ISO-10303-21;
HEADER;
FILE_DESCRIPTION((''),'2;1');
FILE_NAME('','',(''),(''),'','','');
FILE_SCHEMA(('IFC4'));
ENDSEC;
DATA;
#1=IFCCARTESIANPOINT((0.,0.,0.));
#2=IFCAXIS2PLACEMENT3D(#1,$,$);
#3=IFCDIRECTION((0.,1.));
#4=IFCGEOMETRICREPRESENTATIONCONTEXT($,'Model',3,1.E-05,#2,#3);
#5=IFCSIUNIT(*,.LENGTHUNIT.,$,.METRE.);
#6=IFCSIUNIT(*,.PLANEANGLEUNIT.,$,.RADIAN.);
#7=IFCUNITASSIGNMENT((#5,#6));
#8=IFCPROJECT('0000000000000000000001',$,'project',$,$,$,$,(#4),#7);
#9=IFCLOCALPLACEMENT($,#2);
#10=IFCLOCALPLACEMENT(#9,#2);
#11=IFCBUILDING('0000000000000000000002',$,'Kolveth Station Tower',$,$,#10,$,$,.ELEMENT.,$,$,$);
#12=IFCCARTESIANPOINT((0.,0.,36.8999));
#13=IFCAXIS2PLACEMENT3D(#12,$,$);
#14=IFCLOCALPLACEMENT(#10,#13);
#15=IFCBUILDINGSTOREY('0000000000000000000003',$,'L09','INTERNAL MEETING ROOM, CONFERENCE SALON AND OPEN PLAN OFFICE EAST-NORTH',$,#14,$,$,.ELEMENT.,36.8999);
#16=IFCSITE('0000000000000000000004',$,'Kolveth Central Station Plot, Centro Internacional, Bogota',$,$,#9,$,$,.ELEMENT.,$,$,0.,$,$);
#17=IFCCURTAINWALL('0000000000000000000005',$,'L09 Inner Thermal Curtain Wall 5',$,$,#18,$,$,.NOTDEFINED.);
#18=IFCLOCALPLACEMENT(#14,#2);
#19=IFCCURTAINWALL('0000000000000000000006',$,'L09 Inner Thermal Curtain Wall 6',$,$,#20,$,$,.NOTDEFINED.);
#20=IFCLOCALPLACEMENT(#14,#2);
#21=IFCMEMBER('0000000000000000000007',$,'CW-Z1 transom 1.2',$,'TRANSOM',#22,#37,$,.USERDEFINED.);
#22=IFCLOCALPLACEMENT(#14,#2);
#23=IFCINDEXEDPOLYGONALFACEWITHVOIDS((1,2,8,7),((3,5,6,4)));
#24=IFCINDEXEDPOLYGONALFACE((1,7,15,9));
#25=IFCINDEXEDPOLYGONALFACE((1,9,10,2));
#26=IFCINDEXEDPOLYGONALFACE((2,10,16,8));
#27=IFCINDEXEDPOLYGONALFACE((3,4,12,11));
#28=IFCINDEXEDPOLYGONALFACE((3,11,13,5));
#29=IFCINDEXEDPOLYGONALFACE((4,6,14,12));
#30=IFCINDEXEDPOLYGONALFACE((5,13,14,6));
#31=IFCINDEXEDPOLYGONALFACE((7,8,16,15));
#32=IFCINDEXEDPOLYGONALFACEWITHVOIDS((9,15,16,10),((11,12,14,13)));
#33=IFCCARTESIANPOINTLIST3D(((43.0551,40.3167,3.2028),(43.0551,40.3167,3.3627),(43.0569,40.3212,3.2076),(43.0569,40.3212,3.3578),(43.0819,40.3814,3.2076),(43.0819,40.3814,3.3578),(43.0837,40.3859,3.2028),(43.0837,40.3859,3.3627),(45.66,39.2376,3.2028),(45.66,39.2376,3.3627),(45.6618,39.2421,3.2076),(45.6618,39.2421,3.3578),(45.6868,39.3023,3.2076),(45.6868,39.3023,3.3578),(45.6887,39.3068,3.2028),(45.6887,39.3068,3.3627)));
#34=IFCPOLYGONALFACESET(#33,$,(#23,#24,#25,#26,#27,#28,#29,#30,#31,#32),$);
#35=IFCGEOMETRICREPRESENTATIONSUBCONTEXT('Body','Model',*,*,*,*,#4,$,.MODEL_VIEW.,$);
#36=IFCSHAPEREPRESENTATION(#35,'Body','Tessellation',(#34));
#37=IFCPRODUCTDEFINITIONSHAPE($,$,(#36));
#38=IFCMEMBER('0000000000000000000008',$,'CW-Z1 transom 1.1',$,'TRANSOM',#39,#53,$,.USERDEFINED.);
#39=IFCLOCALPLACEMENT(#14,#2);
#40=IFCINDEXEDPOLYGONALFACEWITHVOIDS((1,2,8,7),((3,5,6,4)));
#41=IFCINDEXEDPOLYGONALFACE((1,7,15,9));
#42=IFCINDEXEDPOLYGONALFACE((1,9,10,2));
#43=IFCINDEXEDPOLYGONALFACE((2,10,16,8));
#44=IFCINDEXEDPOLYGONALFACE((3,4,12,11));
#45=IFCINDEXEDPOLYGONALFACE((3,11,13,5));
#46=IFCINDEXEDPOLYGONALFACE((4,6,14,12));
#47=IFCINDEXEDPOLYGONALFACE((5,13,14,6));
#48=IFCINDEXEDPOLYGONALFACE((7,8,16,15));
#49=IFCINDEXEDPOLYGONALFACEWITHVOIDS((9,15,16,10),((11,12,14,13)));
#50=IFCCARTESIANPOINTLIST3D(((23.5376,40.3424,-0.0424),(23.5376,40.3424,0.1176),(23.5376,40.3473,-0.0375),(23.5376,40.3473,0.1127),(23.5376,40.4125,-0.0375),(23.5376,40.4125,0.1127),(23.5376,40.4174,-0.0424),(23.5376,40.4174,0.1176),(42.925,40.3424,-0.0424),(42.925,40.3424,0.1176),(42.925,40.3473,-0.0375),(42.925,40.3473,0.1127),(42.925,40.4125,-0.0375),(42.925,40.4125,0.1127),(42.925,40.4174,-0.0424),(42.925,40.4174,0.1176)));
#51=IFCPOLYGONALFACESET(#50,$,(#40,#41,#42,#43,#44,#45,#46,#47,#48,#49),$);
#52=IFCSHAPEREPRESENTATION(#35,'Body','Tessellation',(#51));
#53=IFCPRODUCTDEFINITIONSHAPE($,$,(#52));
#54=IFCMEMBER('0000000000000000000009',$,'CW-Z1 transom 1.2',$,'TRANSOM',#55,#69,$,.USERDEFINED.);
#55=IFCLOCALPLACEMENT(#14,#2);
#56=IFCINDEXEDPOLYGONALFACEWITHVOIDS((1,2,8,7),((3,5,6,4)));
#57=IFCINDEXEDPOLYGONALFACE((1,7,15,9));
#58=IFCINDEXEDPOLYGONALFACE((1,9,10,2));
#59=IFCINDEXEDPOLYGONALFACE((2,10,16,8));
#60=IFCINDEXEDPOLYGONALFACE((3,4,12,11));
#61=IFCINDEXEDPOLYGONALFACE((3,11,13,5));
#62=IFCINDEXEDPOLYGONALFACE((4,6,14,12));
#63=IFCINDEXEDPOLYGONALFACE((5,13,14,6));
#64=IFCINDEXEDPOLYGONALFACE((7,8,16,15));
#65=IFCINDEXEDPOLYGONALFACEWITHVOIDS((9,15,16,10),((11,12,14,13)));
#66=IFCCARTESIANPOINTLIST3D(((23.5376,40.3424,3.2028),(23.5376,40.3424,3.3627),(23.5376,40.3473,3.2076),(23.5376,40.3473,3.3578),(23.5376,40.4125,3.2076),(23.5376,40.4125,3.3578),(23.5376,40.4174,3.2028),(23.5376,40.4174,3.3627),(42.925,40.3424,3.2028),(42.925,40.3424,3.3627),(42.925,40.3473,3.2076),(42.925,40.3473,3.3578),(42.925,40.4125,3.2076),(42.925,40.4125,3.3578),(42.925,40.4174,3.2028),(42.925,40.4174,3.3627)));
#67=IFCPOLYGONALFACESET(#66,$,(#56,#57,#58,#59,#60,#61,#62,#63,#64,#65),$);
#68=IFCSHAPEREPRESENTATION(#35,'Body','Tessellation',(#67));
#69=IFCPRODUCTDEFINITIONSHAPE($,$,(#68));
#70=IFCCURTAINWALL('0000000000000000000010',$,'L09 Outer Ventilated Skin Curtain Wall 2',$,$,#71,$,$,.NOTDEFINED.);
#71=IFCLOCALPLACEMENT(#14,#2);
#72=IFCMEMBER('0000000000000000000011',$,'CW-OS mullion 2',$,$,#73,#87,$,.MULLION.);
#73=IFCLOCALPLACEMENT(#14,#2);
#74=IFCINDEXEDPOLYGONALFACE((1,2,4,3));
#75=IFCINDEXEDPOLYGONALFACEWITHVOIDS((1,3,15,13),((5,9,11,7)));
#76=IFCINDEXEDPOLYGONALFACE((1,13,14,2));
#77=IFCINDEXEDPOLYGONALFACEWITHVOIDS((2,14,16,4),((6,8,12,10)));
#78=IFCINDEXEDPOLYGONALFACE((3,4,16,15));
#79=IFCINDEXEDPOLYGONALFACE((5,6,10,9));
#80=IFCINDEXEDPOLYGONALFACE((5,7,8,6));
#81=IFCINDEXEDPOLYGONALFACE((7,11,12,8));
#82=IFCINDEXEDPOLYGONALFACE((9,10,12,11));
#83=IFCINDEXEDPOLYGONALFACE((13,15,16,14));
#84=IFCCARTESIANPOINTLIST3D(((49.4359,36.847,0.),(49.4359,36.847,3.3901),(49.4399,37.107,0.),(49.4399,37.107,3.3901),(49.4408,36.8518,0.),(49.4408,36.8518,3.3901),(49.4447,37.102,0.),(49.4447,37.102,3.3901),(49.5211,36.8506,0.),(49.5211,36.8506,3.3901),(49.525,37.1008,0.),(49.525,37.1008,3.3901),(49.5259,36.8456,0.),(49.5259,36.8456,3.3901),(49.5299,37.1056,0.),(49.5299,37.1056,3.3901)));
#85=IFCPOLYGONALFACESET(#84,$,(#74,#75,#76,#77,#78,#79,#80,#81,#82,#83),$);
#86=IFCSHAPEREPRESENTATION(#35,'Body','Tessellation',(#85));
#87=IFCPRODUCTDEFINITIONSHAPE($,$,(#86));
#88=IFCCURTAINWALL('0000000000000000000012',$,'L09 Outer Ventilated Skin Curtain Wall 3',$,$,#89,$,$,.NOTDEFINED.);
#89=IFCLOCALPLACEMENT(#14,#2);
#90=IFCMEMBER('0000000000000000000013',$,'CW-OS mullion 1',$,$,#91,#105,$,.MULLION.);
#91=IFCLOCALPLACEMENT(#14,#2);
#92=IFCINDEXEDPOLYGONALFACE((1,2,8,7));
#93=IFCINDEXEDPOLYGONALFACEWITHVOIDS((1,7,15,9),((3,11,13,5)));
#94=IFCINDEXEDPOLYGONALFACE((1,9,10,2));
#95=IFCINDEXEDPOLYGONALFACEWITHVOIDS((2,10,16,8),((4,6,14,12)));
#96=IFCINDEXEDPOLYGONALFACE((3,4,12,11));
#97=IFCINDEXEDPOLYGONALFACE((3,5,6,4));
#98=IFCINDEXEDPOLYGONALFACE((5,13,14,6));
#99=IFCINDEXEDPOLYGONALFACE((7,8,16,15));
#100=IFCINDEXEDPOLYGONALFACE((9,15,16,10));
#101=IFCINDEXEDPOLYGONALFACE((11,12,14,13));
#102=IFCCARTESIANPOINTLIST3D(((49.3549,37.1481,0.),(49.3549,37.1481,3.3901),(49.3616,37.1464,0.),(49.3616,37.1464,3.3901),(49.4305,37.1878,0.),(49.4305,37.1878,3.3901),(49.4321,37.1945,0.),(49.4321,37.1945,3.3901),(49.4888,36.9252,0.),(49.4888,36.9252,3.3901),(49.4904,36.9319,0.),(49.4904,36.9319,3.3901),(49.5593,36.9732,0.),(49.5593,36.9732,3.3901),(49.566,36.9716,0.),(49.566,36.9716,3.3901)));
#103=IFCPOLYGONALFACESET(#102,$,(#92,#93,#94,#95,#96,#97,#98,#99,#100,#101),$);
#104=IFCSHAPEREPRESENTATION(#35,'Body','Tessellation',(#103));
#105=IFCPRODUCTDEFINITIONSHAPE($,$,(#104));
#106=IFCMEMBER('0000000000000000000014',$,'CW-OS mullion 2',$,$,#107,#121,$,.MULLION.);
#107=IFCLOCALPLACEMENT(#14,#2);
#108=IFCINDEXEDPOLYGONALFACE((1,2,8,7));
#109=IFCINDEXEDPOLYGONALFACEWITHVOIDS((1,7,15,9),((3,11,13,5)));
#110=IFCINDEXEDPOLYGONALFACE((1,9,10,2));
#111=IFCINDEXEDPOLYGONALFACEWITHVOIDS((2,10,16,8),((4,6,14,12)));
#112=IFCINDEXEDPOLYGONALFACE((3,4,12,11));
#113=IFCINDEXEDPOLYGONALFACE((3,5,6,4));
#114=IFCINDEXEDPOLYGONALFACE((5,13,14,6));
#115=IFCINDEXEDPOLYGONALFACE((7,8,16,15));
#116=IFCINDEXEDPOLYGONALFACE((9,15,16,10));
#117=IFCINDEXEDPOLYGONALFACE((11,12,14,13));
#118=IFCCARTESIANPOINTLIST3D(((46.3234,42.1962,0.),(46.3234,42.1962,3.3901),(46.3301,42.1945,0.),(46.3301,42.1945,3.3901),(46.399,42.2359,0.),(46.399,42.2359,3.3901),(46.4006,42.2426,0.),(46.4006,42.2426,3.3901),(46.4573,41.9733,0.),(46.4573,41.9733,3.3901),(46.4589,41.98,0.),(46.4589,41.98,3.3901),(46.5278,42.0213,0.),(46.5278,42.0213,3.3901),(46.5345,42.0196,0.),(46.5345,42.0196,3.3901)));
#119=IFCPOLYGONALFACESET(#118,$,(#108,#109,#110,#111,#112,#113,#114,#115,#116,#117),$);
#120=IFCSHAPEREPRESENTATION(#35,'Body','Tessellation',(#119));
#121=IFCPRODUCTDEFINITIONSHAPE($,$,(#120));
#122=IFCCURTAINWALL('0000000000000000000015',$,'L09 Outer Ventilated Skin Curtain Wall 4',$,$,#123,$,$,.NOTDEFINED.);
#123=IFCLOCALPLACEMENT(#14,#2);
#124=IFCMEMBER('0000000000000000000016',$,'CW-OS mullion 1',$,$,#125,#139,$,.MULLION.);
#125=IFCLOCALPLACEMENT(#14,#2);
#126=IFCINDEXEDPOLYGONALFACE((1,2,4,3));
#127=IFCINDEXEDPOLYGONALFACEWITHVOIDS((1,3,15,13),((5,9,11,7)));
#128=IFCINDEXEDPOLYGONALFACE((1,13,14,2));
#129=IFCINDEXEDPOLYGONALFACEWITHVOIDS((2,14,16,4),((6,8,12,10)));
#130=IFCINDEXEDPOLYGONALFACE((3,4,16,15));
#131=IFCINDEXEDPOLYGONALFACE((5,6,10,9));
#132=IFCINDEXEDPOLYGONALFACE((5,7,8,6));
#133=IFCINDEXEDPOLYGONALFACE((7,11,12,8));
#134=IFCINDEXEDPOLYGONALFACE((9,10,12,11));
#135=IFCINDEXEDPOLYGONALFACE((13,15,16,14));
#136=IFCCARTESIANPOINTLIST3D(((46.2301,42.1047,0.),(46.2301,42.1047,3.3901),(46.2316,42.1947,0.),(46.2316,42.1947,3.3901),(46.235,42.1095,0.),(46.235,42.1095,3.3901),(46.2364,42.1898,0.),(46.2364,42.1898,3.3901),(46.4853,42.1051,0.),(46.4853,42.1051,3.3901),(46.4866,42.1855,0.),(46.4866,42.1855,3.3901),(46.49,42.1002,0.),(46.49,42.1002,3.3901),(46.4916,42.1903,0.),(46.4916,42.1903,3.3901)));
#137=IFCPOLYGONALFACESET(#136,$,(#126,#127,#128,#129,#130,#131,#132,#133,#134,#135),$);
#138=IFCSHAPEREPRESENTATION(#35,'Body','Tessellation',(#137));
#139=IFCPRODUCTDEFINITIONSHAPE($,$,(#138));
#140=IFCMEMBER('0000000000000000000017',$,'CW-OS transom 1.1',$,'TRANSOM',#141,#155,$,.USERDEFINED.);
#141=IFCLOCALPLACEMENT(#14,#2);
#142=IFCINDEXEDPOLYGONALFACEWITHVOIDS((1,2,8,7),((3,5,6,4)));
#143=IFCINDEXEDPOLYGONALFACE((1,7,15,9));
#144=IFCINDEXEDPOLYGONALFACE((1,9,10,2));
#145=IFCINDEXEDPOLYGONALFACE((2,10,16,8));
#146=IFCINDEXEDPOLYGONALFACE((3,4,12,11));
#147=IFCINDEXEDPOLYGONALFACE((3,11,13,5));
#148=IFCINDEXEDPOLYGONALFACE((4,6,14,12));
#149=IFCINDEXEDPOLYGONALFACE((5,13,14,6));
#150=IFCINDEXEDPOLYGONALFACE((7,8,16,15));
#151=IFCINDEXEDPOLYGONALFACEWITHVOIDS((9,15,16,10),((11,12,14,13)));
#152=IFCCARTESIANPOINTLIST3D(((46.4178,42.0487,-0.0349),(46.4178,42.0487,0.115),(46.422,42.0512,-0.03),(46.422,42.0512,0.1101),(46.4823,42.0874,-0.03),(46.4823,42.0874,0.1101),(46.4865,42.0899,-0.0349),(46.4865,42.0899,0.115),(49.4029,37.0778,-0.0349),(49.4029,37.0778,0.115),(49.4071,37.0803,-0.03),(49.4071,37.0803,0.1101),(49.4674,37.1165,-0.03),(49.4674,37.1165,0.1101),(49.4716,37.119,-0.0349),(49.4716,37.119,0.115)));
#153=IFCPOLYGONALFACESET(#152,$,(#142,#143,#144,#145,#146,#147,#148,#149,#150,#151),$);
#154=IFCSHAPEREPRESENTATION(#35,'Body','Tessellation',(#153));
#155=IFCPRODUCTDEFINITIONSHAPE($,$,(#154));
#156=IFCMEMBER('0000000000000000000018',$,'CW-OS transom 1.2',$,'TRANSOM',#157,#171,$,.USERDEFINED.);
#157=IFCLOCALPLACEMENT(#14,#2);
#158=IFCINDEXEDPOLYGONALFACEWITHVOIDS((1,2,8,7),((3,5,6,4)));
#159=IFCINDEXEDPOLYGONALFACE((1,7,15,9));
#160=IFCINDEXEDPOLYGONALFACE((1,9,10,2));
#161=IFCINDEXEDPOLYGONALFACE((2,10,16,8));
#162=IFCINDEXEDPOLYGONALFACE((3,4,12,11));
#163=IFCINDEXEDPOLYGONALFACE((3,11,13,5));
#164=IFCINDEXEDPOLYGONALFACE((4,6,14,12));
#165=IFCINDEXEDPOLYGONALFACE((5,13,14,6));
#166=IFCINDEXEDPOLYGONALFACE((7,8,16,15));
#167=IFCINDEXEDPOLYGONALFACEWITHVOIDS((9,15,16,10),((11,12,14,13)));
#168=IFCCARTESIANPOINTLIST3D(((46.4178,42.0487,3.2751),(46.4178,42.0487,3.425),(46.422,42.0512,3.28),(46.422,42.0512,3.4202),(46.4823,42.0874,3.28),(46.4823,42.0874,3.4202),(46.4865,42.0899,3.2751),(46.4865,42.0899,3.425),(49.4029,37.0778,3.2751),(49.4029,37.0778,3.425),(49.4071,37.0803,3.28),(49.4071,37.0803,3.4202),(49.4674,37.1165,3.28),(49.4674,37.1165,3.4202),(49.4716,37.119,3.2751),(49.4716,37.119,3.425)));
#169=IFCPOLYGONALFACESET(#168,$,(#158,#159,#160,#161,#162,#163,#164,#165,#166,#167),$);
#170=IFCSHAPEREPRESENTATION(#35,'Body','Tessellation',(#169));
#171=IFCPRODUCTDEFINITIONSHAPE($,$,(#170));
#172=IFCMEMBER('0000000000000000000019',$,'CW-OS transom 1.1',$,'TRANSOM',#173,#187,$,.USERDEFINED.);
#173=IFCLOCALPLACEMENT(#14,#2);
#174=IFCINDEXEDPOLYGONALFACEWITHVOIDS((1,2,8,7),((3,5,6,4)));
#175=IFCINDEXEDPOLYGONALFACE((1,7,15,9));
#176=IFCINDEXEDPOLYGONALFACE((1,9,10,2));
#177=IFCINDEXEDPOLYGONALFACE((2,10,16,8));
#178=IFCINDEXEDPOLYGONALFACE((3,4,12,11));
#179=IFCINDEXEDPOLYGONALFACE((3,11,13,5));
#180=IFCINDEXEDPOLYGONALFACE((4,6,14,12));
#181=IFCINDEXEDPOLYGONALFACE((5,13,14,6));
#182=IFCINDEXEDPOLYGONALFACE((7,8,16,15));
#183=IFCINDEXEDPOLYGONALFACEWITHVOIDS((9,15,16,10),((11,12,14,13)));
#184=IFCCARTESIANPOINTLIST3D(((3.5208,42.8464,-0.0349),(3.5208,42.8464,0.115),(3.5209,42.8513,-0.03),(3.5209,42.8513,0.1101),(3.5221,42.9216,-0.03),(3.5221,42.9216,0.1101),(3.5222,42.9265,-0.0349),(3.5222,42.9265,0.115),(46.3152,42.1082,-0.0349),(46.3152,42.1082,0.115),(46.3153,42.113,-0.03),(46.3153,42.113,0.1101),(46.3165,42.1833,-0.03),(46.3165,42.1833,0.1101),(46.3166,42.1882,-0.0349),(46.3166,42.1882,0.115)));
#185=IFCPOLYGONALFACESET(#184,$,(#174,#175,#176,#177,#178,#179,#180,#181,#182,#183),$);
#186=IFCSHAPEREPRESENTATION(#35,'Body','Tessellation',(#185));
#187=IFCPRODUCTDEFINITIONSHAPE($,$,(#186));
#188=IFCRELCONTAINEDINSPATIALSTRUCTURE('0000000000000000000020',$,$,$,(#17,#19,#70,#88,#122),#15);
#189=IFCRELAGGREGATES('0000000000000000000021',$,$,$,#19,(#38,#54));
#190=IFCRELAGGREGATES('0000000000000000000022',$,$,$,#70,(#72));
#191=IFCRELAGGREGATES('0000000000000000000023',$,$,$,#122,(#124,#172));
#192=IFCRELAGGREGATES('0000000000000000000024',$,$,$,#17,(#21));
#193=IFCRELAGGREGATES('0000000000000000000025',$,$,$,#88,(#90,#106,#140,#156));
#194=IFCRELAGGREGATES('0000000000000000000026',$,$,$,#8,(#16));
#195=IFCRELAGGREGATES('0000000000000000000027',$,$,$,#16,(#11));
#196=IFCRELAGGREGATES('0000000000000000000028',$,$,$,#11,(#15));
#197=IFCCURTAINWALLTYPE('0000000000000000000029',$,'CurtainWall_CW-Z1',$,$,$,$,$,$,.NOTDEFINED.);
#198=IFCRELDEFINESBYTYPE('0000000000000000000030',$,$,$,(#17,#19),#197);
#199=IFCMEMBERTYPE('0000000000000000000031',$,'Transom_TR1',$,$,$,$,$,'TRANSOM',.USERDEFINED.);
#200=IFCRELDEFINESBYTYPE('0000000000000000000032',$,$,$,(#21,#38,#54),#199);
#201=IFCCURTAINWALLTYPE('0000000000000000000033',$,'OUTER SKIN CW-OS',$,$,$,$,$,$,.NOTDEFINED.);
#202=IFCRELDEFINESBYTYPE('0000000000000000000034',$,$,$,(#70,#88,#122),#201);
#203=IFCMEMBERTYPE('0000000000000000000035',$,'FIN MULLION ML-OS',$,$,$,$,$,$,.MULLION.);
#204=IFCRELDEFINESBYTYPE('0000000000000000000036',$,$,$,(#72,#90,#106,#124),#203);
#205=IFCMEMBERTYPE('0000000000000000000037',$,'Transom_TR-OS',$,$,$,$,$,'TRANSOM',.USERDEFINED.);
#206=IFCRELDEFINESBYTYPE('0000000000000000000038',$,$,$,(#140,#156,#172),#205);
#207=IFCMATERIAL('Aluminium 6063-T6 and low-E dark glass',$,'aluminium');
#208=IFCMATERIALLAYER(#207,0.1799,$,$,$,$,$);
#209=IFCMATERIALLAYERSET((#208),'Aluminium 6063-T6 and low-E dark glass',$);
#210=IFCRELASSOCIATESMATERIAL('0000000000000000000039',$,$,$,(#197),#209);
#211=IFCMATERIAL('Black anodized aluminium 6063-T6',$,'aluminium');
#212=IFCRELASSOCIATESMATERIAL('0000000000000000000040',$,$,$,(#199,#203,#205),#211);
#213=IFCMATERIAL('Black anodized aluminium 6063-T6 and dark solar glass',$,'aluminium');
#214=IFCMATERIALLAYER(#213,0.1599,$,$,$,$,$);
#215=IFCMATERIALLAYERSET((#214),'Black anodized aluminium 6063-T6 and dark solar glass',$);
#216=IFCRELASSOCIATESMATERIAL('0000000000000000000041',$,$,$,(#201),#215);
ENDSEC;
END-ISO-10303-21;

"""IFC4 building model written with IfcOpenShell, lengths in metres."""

from ifc_helpers import new_model, si_unit, direction, frame, origin, origin_2d, place, context, subcontext, project, spatial, hollow_rectangle, extrude, source, transform, mapped, material, layer, layer_set, material_profile, profile_set, type_object, element, aggregate, save


model = new_model("IFC4")

# Units and contexts
model_context = context("Model", 3, precision=1e-05, world=origin(), true_north=direction((0.0, 1.0)))
body_context = subcontext(model_context, "Body", "Model", "MODEL_VIEW")
ifc_project = project(units=[si_unit("LENGTHUNIT", "METRE"), si_unit("PLANEANGLEUNIT", "RADIAN")], contexts=[model_context])

# Site, building, storey
site_placement = place(None, origin())
site = spatial("IfcSite", under=ifc_project, at=site_placement, Name="Kolveth Central Station Plot, Centro Internacional, Bogota", CompositionType="ELEMENT", RefElevation=0.0)
building_placement = place(site_placement, origin())
building = spatial("IfcBuilding", under=site, at=building_placement, Name="Kolveth Station Tower", CompositionType="ELEMENT")
storey_placement = place(building_placement, frame((0.0, 0.0, 36.8999)))
storey = spatial("IfcBuildingStorey", under=building, at=storey_placement, Name="L09", Description="INTERNAL MEETING ROOM, CONFERENCE SALON AND OPEN PLAN OFFICE EAST-NORTH", CompositionType="ELEMENT", Elevation=36.8999)

# Shared definitions
ifc_material_1 = material(Name="Aluminium 6063-T6 and low-E dark glass", Category="aluminium")
ifc_layer_1 = layer(ifc_material_1, 0.1799)
ifc_layer_set_1 = layer_set([ifc_layer_1], Name="Aluminium 6063-T6 and low-E dark glass")
curtain_wall_type_1 = type_object("IfcCurtainWallType", Name="CurtainWall_CW-Z1", PredefinedType="NOTDEFINED", material=ifc_layer_set_1)
ifc_material_2 = material(Name="Black anodized aluminium 6063-T6", Category="aluminium")

# Curtain wall
curtain_wall_1_placement = place(storey_placement, origin())
curtain_wall_1 = element("IfcCurtainWall", 1, at=curtain_wall_1_placement, inside=storey, type_object=curtain_wall_type_1, Name="L09 Inner Thermal Curtain Wall 5", PredefinedType="NOTDEFINED")

# Curtain wall
curtain_wall_2_placement = place(storey_placement, origin())
curtain_wall_2 = element("IfcCurtainWall", 2, at=curtain_wall_2_placement, inside=storey, type_object=curtain_wall_type_1, Name="L09 Inner Thermal Curtain Wall 6", PredefinedType="NOTDEFINED")

# Members
ifc_material_profile_1 = material_profile(ifc_material_2, hollow_rectangle(XDim=0.075, YDim=0.1599, WallThickness=0.0049, at=origin_2d()), Name="ALU-75x160x5")
ifc_profile_set_1 = profile_set([ifc_material_profile_1], Name="Black anodized aluminium 6063-T6")
member_type_1 = type_object("IfcMemberType", Name="Transom_TR1", ElementType="TRANSOM", PredefinedType="USERDEFINED", material=ifc_profile_set_1)
shared_shape_1 = source(origin(), body_context, "Body", "SweptSolid", [
    extrude(hollow_rectangle(XDim=0.075, YDim=0.1599, WallThickness=0.0049, at=origin_2d()), origin(), (0.0, 0.0, 1.0), 2.8196),
])
member_1_placement = place(storey_placement, frame((45.6743, 39.2722, 3.2827), z_axis=(-0.923869, 0.382709, 0.0), x_axis=(-0.382709, -0.923869, 0.0)))
member_1 = element("IfcMember", 3, at=member_1_placement, type_object=member_type_1, Name="CW-Z1 transom 1.2", ObjectType="TRANSOM", PredefinedType="USERDEFINED", context=body_context, shape_type="MappedRepresentation", body=[
    mapped(shared_shape_1, transform((0.0, 0.0, 0.0), x_axis=(1.0, 0.0, 0.0), y_axis=(0.0, 1.0, 0.0), z_axis=(0.0, 0.0, 1.0), scale=1.0)),
])
shared_shape_2 = source(origin(), body_context, "Body", "SweptSolid", [
    extrude(hollow_rectangle(XDim=0.075, YDim=0.1599, WallThickness=0.0049, at=origin_2d()), origin(), (0.0, 0.0, 1.0), 19.3875),
])
member_2_placement = place(storey_placement, frame((42.925, 40.3799, 0.0376), z_axis=(-1.0, 0.0, 0.0), x_axis=(0.0, -1.0, 0.0)))
member_2 = element("IfcMember", 4, at=member_2_placement, type_object=member_type_1, Name="CW-Z1 transom 1.1", ObjectType="TRANSOM", PredefinedType="USERDEFINED", context=body_context, shape_type="MappedRepresentation", body=[
    mapped(shared_shape_2, transform((0.0, 0.0, 0.0), x_axis=(1.0, 0.0, 0.0), y_axis=(0.0, 1.0, 0.0), z_axis=(0.0, 0.0, 1.0), scale=1.0)),
])
member_3_placement = place(storey_placement, frame((42.925, 40.3799, 3.2827), z_axis=(-1.0, 0.0, 0.0), x_axis=(0.0, -1.0, 0.0)))
member_3 = element("IfcMember", 5, at=member_3_placement, type_object=member_type_1, Name="CW-Z1 transom 1.2", ObjectType="TRANSOM", PredefinedType="USERDEFINED", context=body_context, shape_type="MappedRepresentation", body=[
    mapped(shared_shape_2, transform((0.0, 0.0, 0.0), x_axis=(1.0, 0.0, 0.0), y_axis=(0.0, 1.0, 0.0), z_axis=(0.0, 0.0, 1.0), scale=1.0)),
])
aggregate(curtain_wall_2, [member_2, member_3])

# Curtain wall, member
ifc_material_3 = material(Name="Black anodized aluminium 6063-T6 and dark solar glass", Category="aluminium")
ifc_layer_2 = layer(ifc_material_3, 0.1599)
ifc_layer_set_2 = layer_set([ifc_layer_2], Name="Black anodized aluminium 6063-T6 and dark solar glass")
curtain_wall_type_2 = type_object("IfcCurtainWallType", Name="OUTER SKIN CW-OS", PredefinedType="NOTDEFINED", material=ifc_layer_set_2)
curtain_wall_3_placement = place(storey_placement, origin())
curtain_wall_3 = element("IfcCurtainWall", 6, at=curtain_wall_3_placement, inside=storey, type_object=curtain_wall_type_2, Name="L09 Outer Ventilated Skin Curtain Wall 2", PredefinedType="NOTDEFINED")
ifc_material_profile_2 = material_profile(ifc_material_2, hollow_rectangle(XDim=0.0901, YDim=0.26, WallThickness=0.0049, at=origin_2d()), Name="ALU-90x260x5")
ifc_profile_set_2 = profile_set([ifc_material_profile_2], Name="Black anodized aluminium 6063-T6")
member_type_2 = type_object("IfcMemberType", Name="FIN MULLION ML-OS", PredefinedType="MULLION", material=ifc_profile_set_2)
shared_shape_3 = source(origin(), body_context, "Body", "SweptSolid", [
    extrude(hollow_rectangle(XDim=0.0901, YDim=0.26, WallThickness=0.0049, at=origin_2d()), origin(), (0.0, 0.0, 1.0), 3.3901),
])
member_4_placement = place(storey_placement, frame((49.4829, 36.9763, 0.0), z_axis=(0.0, 0.0, 1.0), x_axis=(-0.999882, 0.015391, 0.0)))
member_4 = element("IfcMember", 7, at=member_4_placement, type_object=member_type_2, Name="CW-OS mullion 2", PredefinedType="MULLION", context=body_context, shape_type="MappedRepresentation", body=[
    mapped(shared_shape_3, transform((0.0, 0.0, 0.0), x_axis=(1.0, 0.0, 0.0), y_axis=(0.0, 1.0, 0.0), z_axis=(0.0, 0.0, 1.0), scale=1.0)),
])
aggregate(curtain_wall_3, [member_4])

# Curtain wall, members
curtain_wall_4_placement = place(storey_placement, origin())
curtain_wall_4 = element("IfcCurtainWall", 8, at=curtain_wall_4_placement, inside=storey, type_object=curtain_wall_type_2, Name="L09 Outer Ventilated Skin Curtain Wall 3", PredefinedType="NOTDEFINED")
member_5_placement = place(storey_placement, frame((49.4604, 37.0598, 0.0), z_axis=(0.0, 0.0, 1.0), x_axis=(-0.857297, -0.514823, 0.0)))
member_5 = element("IfcMember", 9, at=member_5_placement, type_object=member_type_2, Name="CW-OS mullion 1", PredefinedType="MULLION", context=body_context, shape_type="MappedRepresentation", body=[
    mapped(shared_shape_3, transform((0.0, 0.0, 0.0), x_axis=(1.0, 0.0, 0.0), y_axis=(0.0, 1.0, 0.0), z_axis=(0.0, 0.0, 1.0), scale=1.0)),
])
member_6_placement = place(storey_placement, frame((46.429, 42.1079, 0.0), z_axis=(0.0, 0.0, 1.0), x_axis=(-0.857297, -0.514823, 0.0)))
member_6 = element("IfcMember", 10, at=member_6_placement, type_object=member_type_2, Name="CW-OS mullion 2", PredefinedType="MULLION", context=body_context, shape_type="MappedRepresentation", body=[
    mapped(shared_shape_3, transform((0.0, 0.0, 0.0), x_axis=(1.0, 0.0, 0.0), y_axis=(0.0, 1.0, 0.0), z_axis=(0.0, 0.0, 1.0), scale=1.0)),
])

# Curtain wall, member
curtain_wall_5_placement = place(storey_placement, origin())
curtain_wall_5 = element("IfcCurtainWall", 11, at=curtain_wall_5_placement, inside=storey, type_object=curtain_wall_type_2, Name="L09 Outer Ventilated Skin Curtain Wall 4", PredefinedType="NOTDEFINED")
member_7_placement = place(storey_placement, frame((46.3608, 42.1475, 0.0), z_axis=(0.0, 0.0, 1.0), x_axis=(-0.01725, -0.999851, 0.0)))
member_7 = element("IfcMember", 12, at=member_7_placement, type_object=member_type_2, Name="CW-OS mullion 1", PredefinedType="MULLION", context=body_context, shape_type="MappedRepresentation", body=[
    mapped(shared_shape_3, transform((0.0, 0.0, 0.0), x_axis=(1.0, 0.0, 0.0), y_axis=(0.0, 1.0, 0.0), z_axis=(0.0, 0.0, 1.0), scale=1.0)),
])

# Members
ifc_material_profile_3 = material_profile(ifc_material_2, hollow_rectangle(XDim=0.0801, YDim=0.1499, WallThickness=0.0049, at=origin_2d()), Name="ALU-80x150x5")
ifc_profile_set_3 = profile_set([ifc_material_profile_3], Name="Black anodized aluminium 6063-T6")
member_type_3 = type_object("IfcMemberType", Name="Transom_TR-OS", ElementType="TRANSOM", PredefinedType="USERDEFINED", material=ifc_profile_set_3)
shared_shape_4 = source(origin(), body_context, "Body", "SweptSolid", [
    extrude(hollow_rectangle(XDim=0.0801, YDim=0.1499, WallThickness=0.0049, at=origin_2d()), origin(), (0.0, 0.0, 1.0), 5.7983),
])
member_8_placement = place(storey_placement, frame((49.4373, 37.0984, 0.04), z_axis=(-0.514818, 0.8573, 0.0), x_axis=(-0.8573, -0.514818, 0.0)))
member_8 = element("IfcMember", 13, at=member_8_placement, type_object=member_type_3, Name="CW-OS transom 1.1", ObjectType="TRANSOM", PredefinedType="USERDEFINED", context=body_context, shape_type="MappedRepresentation", body=[
    mapped(shared_shape_4, transform((0.0, 0.0, 0.0), x_axis=(1.0, 0.0, 0.0), y_axis=(0.0, 1.0, 0.0), z_axis=(0.0, 0.0, 1.0), scale=1.0)),
])
member_9_placement = place(storey_placement, frame((49.4373, 37.0984, 3.3501), z_axis=(-0.514818, 0.8573, 0.0), x_axis=(-0.8573, -0.514818, 0.0)))
member_9 = element("IfcMember", 14, at=member_9_placement, type_object=member_type_3, Name="CW-OS transom 1.2", ObjectType="TRANSOM", PredefinedType="USERDEFINED", context=body_context, shape_type="MappedRepresentation", body=[
    mapped(shared_shape_4, transform((0.0, 0.0, 0.0), x_axis=(1.0, 0.0, 0.0), y_axis=(0.0, 1.0, 0.0), z_axis=(0.0, 0.0, 1.0), scale=1.0)),
])
shared_shape_5 = source(origin(), body_context, "Body", "SweptSolid", [
    extrude(hollow_rectangle(XDim=0.0801, YDim=0.1499, WallThickness=0.0049, at=origin_2d()), origin(), (0.0, 0.0, 1.0), 42.8008),
])
member_10_placement = place(storey_placement, frame((46.3159, 42.1482, 0.04), z_axis=(-0.999851, 0.017249, 0.0), x_axis=(-0.017249, -0.999851, 0.0)))
member_10 = element("IfcMember", 15, at=member_10_placement, type_object=member_type_3, Name="CW-OS transom 1.1", ObjectType="TRANSOM", PredefinedType="USERDEFINED", context=body_context, shape_type="MappedRepresentation", body=[
    mapped(shared_shape_5, transform((0.0, 0.0, 0.0), x_axis=(1.0, 0.0, 0.0), y_axis=(0.0, 1.0, 0.0), z_axis=(0.0, 0.0, 1.0), scale=1.0)),
])
aggregate(curtain_wall_5, [member_7, member_10])

aggregate(curtain_wall_1, [member_1])
aggregate(curtain_wall_4, [member_5, member_6, member_8, member_9])

save(model, "model.ifc")
